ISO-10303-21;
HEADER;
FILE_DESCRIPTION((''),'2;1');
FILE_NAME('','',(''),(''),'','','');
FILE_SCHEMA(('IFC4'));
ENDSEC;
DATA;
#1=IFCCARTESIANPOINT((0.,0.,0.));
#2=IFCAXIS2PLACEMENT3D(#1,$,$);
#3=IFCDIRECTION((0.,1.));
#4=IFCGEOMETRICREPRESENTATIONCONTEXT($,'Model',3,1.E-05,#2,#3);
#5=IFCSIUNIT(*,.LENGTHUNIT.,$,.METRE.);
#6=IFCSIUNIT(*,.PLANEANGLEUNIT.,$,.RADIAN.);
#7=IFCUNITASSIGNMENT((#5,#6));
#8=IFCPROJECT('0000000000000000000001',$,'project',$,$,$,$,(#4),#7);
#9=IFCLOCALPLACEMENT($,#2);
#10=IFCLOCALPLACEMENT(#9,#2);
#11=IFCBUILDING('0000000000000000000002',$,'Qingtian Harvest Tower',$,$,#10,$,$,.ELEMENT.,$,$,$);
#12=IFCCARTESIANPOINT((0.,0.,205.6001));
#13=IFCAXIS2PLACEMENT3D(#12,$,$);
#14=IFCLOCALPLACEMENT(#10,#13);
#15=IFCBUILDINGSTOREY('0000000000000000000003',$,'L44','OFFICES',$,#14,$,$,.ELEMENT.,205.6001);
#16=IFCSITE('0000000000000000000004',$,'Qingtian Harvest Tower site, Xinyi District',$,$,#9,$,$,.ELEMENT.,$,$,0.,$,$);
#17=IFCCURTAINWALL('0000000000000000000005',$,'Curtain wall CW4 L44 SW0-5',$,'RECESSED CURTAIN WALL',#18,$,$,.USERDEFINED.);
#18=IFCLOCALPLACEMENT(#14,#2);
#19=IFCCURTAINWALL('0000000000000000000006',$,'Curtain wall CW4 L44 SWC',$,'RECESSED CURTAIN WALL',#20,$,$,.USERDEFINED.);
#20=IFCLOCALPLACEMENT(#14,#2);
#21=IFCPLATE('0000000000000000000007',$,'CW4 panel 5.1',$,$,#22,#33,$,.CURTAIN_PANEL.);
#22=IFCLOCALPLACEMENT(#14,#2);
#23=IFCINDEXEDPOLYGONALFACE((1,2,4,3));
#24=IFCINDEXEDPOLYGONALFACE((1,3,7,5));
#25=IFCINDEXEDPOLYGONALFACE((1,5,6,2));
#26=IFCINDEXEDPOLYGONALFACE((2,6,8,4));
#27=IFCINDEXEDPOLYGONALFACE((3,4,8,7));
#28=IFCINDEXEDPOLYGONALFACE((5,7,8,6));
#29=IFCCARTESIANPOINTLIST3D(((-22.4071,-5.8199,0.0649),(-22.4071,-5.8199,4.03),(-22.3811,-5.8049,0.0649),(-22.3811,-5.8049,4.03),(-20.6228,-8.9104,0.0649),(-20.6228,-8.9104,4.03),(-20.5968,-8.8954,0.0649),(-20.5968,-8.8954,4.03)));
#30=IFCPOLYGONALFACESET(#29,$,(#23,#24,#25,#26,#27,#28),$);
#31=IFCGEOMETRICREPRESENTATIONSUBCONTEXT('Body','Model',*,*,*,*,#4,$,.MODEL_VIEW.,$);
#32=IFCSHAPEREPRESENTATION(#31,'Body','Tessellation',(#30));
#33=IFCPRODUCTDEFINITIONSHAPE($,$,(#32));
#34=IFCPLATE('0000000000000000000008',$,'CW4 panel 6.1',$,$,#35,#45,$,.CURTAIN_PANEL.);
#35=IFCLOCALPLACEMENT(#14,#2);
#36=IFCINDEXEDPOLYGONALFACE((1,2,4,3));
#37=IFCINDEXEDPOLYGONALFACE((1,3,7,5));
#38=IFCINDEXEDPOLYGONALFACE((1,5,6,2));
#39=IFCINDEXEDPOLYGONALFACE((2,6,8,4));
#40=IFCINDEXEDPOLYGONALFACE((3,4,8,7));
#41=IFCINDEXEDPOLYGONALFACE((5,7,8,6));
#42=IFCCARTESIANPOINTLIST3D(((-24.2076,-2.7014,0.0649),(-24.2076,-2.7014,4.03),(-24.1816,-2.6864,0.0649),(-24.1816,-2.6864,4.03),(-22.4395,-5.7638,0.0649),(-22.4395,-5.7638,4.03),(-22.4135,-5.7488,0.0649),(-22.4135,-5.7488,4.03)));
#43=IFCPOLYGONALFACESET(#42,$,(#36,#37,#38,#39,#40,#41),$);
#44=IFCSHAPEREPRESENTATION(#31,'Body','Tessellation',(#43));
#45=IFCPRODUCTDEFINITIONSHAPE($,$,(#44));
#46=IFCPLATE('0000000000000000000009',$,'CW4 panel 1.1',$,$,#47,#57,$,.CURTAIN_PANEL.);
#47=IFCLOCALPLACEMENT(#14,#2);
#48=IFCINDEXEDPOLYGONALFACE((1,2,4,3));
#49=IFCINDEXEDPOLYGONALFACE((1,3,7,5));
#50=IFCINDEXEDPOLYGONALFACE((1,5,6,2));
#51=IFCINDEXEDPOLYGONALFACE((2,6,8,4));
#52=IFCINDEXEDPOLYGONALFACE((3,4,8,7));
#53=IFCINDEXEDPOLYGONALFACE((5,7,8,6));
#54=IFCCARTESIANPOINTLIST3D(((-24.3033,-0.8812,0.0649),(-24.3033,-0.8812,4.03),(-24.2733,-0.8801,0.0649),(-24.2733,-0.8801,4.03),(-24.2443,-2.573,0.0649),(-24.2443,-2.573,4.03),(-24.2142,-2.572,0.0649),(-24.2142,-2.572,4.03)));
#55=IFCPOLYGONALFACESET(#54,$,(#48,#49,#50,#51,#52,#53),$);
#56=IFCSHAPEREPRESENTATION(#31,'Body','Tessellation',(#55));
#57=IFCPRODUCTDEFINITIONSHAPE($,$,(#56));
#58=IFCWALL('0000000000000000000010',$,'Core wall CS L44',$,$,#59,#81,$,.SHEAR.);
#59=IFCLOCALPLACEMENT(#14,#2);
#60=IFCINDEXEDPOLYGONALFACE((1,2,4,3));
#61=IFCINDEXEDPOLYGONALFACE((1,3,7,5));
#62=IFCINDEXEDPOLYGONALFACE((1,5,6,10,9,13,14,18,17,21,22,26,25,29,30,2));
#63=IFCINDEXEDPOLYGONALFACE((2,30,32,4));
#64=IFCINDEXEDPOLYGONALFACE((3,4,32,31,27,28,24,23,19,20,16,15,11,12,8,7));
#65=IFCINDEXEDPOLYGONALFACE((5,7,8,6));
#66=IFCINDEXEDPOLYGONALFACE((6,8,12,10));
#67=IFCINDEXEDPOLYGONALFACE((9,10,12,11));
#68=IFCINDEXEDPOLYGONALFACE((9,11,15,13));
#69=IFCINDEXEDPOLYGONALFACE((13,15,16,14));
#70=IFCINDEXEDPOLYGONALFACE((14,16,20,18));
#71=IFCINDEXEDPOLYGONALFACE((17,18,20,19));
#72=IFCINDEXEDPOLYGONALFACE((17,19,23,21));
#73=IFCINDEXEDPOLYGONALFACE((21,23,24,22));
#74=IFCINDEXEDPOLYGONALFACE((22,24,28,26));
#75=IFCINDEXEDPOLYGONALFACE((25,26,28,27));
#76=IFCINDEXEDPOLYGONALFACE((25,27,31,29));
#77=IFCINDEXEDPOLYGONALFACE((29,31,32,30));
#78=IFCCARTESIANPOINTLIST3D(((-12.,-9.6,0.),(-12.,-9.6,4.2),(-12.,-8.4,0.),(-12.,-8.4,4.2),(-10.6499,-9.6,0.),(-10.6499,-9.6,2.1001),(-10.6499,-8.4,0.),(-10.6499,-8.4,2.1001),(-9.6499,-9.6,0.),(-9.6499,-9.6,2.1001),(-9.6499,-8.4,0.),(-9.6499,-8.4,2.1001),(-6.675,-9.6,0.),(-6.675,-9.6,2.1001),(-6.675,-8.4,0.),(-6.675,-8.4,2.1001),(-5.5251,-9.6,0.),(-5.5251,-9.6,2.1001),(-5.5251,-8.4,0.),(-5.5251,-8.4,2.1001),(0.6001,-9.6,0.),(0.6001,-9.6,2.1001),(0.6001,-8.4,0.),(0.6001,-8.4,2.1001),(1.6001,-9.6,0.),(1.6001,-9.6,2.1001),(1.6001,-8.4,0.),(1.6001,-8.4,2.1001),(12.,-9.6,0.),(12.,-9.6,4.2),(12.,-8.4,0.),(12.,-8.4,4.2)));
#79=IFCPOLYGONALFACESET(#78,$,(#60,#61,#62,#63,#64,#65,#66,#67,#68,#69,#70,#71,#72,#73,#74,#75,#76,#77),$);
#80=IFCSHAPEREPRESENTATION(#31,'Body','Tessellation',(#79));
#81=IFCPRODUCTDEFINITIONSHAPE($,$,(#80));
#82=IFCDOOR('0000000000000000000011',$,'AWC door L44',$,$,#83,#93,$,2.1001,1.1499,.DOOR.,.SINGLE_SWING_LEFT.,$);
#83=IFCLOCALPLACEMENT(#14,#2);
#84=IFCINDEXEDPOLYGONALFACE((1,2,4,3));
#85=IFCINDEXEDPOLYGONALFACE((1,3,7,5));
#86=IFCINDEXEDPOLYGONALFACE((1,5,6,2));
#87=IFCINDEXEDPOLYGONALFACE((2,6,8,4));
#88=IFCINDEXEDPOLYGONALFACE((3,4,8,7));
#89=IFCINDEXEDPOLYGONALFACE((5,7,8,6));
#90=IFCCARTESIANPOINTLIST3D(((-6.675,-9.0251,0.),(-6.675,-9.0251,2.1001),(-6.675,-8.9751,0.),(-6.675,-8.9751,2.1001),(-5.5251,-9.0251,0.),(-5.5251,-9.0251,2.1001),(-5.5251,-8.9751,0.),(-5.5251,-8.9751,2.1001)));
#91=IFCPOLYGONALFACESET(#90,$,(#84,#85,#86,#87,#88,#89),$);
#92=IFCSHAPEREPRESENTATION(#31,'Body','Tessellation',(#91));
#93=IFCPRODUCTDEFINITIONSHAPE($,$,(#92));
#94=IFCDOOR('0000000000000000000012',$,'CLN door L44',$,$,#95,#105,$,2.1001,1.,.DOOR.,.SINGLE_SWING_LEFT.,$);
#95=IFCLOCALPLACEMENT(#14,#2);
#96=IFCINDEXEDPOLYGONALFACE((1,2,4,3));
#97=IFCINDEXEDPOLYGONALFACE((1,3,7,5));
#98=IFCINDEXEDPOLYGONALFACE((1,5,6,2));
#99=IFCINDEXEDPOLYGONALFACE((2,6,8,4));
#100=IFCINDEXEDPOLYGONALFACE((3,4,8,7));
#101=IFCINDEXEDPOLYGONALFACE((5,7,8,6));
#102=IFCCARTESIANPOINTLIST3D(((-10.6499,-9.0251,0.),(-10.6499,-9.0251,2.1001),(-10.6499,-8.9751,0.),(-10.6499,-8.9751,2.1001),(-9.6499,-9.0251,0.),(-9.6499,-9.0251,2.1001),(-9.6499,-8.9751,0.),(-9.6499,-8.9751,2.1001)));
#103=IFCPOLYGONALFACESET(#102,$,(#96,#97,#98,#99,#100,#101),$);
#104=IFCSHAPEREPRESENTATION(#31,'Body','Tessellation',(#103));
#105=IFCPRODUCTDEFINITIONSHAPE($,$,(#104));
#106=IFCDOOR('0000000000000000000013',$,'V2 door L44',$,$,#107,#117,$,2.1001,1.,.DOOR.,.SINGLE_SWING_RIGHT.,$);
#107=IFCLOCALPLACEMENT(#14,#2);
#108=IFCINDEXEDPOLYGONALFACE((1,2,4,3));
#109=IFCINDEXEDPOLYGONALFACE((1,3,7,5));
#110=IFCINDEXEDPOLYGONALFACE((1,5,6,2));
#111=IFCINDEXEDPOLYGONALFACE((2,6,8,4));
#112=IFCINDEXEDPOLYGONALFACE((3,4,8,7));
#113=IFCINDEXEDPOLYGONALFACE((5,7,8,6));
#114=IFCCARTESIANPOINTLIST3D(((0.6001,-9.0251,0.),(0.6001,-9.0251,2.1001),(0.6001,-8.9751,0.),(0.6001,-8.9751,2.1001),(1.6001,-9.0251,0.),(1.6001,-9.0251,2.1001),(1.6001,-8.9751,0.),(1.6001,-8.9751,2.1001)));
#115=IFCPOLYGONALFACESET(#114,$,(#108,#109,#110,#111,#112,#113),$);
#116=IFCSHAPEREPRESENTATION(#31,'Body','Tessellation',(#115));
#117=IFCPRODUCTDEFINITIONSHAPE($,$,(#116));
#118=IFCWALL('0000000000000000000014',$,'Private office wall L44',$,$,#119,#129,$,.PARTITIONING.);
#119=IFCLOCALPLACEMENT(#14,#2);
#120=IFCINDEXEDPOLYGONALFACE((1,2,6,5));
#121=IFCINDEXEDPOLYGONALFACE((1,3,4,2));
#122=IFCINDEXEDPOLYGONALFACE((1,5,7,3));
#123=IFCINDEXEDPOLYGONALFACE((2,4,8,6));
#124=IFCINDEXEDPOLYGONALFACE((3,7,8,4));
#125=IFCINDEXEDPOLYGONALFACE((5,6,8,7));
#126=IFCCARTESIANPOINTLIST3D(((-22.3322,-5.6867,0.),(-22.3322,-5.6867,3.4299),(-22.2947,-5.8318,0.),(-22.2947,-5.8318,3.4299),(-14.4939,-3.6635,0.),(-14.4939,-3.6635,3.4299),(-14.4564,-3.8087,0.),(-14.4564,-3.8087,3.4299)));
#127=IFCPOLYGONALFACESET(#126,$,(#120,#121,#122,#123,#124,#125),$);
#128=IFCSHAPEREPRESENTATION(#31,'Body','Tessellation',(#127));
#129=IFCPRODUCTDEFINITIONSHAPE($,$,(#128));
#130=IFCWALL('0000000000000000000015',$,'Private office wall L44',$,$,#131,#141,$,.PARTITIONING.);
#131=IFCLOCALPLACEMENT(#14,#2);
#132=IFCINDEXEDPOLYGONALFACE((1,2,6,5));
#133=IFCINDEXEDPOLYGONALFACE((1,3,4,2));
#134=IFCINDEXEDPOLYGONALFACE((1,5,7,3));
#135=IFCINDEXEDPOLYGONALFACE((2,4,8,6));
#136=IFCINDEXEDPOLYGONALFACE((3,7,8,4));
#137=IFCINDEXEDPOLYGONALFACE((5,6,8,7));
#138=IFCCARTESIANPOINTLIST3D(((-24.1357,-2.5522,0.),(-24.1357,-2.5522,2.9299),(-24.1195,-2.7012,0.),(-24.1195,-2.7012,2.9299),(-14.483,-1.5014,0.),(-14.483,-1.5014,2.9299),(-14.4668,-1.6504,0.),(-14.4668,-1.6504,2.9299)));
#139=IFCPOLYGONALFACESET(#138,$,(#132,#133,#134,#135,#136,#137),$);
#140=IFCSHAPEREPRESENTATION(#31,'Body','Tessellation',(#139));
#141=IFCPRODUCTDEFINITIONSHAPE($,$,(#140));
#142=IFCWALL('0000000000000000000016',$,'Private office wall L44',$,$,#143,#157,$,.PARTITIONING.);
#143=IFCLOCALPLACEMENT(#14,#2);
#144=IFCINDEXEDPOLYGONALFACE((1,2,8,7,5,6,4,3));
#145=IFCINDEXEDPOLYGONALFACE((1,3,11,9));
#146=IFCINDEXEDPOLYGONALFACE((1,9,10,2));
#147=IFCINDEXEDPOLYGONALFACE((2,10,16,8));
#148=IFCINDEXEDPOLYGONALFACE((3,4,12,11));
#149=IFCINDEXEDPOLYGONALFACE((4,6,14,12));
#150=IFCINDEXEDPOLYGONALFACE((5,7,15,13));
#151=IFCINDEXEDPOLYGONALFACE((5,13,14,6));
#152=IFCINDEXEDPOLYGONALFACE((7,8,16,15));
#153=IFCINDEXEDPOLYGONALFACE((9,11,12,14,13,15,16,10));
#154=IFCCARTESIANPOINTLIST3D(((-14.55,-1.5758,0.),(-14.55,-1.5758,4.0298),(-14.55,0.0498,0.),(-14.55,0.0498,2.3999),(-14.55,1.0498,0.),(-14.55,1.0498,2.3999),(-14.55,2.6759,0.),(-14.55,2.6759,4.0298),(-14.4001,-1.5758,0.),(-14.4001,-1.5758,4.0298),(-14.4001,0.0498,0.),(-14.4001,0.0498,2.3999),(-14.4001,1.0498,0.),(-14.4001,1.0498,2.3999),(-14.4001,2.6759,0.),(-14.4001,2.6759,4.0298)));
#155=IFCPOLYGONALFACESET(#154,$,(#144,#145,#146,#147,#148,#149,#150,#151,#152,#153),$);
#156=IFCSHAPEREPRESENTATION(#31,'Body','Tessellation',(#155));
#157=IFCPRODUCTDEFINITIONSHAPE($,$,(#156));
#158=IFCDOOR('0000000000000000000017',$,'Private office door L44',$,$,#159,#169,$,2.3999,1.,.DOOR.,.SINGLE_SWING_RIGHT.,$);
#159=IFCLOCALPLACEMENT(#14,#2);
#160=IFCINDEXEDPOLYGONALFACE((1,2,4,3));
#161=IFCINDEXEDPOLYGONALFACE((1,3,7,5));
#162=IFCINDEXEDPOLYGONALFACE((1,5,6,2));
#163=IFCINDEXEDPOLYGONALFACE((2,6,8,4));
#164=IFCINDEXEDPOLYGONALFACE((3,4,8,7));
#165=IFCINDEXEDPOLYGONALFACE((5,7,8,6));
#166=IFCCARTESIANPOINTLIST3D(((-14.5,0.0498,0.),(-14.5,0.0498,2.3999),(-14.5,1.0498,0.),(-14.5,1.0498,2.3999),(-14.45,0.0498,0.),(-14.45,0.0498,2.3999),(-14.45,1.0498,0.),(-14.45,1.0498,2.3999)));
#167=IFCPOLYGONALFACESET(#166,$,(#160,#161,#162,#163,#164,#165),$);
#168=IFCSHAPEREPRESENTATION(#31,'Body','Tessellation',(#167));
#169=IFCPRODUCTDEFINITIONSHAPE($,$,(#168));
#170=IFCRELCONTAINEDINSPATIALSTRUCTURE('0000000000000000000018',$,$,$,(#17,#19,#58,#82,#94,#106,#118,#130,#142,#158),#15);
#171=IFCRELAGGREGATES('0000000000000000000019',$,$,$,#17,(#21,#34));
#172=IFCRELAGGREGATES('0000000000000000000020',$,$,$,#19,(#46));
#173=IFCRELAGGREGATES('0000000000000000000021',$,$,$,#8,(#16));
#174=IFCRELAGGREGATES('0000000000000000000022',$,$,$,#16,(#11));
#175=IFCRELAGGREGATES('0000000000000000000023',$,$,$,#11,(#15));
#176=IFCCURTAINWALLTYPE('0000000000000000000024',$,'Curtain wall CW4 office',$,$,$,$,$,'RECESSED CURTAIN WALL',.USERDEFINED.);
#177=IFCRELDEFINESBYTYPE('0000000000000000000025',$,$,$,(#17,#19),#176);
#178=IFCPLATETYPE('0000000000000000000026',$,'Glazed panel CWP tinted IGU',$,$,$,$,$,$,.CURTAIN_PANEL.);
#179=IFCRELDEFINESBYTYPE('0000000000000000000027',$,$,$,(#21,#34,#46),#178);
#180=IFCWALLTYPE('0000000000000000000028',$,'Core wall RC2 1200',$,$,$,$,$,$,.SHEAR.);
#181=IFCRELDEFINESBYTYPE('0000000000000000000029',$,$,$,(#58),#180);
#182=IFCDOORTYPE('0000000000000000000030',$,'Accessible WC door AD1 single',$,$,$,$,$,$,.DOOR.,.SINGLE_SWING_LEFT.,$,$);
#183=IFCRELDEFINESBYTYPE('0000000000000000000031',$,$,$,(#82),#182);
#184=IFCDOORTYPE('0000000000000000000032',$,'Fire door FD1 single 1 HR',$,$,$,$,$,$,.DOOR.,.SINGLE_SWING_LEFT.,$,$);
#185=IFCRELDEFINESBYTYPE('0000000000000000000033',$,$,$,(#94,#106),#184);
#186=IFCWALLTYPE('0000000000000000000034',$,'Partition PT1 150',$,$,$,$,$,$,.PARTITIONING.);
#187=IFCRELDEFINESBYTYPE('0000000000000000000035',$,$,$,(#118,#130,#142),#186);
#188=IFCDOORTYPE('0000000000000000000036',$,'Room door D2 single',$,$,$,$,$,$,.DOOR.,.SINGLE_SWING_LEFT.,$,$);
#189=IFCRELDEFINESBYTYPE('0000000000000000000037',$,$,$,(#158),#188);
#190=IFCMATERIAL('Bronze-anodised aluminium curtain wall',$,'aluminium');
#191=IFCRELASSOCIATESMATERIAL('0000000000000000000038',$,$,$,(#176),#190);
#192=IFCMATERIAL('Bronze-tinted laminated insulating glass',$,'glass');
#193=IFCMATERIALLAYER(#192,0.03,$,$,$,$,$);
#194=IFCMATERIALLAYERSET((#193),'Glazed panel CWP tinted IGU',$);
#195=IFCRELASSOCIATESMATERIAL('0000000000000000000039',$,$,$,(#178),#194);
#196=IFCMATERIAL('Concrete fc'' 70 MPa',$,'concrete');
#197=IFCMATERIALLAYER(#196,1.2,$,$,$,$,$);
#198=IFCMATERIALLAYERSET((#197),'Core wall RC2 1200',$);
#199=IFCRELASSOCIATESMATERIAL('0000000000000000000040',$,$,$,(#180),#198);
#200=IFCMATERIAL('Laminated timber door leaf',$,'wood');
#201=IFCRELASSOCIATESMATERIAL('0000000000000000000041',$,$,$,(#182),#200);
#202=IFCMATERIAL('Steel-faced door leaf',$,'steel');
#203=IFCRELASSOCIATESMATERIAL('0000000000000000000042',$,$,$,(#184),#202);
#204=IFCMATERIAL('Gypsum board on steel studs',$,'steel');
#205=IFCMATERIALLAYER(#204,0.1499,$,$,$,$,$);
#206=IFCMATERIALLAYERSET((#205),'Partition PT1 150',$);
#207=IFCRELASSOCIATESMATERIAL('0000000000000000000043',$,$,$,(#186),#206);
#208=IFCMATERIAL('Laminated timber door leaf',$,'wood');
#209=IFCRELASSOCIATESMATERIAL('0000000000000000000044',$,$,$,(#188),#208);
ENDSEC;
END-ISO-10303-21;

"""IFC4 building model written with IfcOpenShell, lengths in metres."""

from ifc_helpers import new_model, si_unit, direction, frame, frame_2d, origin, origin_2d, place, context, subcontext, project, spatial, rectangle, extrude, material, layer, layer_set, type_object, element, fill, aggregate, save


model = new_model("IFC4")

# Units and contexts
model_context = context("Model", 3, precision=1e-05, world=origin(), true_north=direction((0.0, 1.0)))
body_context = subcontext(model_context, "Body", "Model", "MODEL_VIEW")
ifc_project = project(units=[si_unit("LENGTHUNIT", "METRE"), si_unit("PLANEANGLEUNIT", "RADIAN")], contexts=[model_context])

# Site, building, storey
site_placement = place(None, origin())
site = spatial("IfcSite", under=ifc_project, at=site_placement, Name="Qingtian Harvest Tower site, Xinyi District", CompositionType="ELEMENT", RefElevation=0.0)
building_placement = place(site_placement, origin())
building = spatial("IfcBuilding", under=site, at=building_placement, Name="Qingtian Harvest Tower", CompositionType="ELEMENT")
storey_placement = place(building_placement, frame((0.0, 0.0, 205.6001)))
storey = spatial("IfcBuildingStorey", under=building, at=storey_placement, Name="L44", Description="OFFICES", CompositionType="ELEMENT", Elevation=205.6001)

# Curtain walls
ifc_material_1 = material(Name="Bronze-anodised aluminium curtain wall", Category="aluminium")
curtain_wall_type = type_object("IfcCurtainWallType", Name="Curtain wall CW4 office", ElementType="RECESSED CURTAIN WALL", PredefinedType="USERDEFINED", material=ifc_material_1)
curtain_wall_1_placement = place(storey_placement, origin())
curtain_wall_1 = element("IfcCurtainWall", 1, at=curtain_wall_1_placement, inside=storey, type_object=curtain_wall_type, Name="Curtain wall CW4 L44 SW0-5", ObjectType="RECESSED CURTAIN WALL", PredefinedType="USERDEFINED")
curtain_wall_2_placement = place(storey_placement, origin())
curtain_wall_2 = element("IfcCurtainWall", 2, at=curtain_wall_2_placement, inside=storey, type_object=curtain_wall_type, Name="Curtain wall CW4 L44 SWC", ObjectType="RECESSED CURTAIN WALL", PredefinedType="USERDEFINED")

# Plates
ifc_material_2 = material(Name="Bronze-tinted laminated insulating glass", Category="glass")
ifc_layer_1 = layer(ifc_material_2, 0.03)
ifc_layer_set_1 = layer_set([ifc_layer_1], Name="Glazed panel CWP tinted IGU")
plate_type = type_object("IfcPlateType", Name="Glazed panel CWP tinted IGU", PredefinedType="CURTAIN_PANEL", material=ifc_layer_set_1)
plate_1_placement = place(storey_placement, frame((-21.502, -7.3577, 0.0649), z_axis=(0.0, 0.0, 1.0), x_axis=(-0.5, 0.866025, 0.0)))
plate_1 = element("IfcPlate", 3, at=plate_1_placement, type_object=plate_type, Name="CW4 panel 5.1", PredefinedType="CURTAIN_PANEL", context=body_context, shape_type="SweptSolid", body=[
    extrude(rectangle(XDim=3.5686, YDim=0.03, at=origin_2d()), origin(), (0.0, 0.0, 1.0), 3.9651),
])
plate_2_placement = place(storey_placement, frame((-23.3105, -4.2251, 0.0649), z_axis=(0.0, 0.0, 1.0), x_axis=(-0.5, 0.866025, 0.0)))
plate_2 = element("IfcPlate", 4, at=plate_2_placement, type_object=plate_type, Name="CW4 panel 6.1", PredefinedType="CURTAIN_PANEL", context=body_context, shape_type="SweptSolid", body=[
    extrude(rectangle(XDim=3.5361, YDim=0.03, at=origin_2d()), origin(), (0.0, 0.0, 1.0), 3.9651),
])
aggregate(curtain_wall_1, [plate_1, plate_2])
plate_3_placement = place(storey_placement, frame((-24.2588, -1.7266, 0.0649), z_axis=(0.0, 0.0, 1.0), x_axis=(-0.034899, 0.999391, 0.0)))
plate_3 = element("IfcPlate", 5, at=plate_3_placement, type_object=plate_type, Name="CW4 panel 1.1", PredefinedType="CURTAIN_PANEL", context=body_context, shape_type="SweptSolid", body=[
    extrude(rectangle(XDim=1.6929, YDim=0.03, at=origin_2d()), origin(), (0.0, 0.0, 1.0), 3.9651),
])
aggregate(curtain_wall_2, [plate_3])

# Wall, openings, doors
ifc_material_3 = material(Name="Concrete fc' 70 MPa", Category="concrete")
ifc_layer_2 = layer(ifc_material_3, 1.2)
ifc_layer_set_2 = layer_set([ifc_layer_2], Name="Core wall RC2 1200")
wall_type_1 = type_object("IfcWallType", Name="Core wall RC2 1200", PredefinedType="SHEAR", material=ifc_layer_set_2)
wall_1_placement = place(storey_placement, frame((-12.0, -9.0, 0.0), z_axis=(0.0, 0.0, 1.0), x_axis=(1.0, 0.0, 0.0)))
wall_1 = element("IfcWall", 6, at=wall_1_placement, inside=storey, type_object=wall_type_1, Name="Core wall CS L44", PredefinedType="SHEAR", context=body_context, shape_type="SweptSolid", body=[
    extrude(rectangle(XDim=24.0, YDim=1.2, at=frame_2d((12.0, 0.0))), origin(), (0.0, 0.0, 1.0), 4.2),
])
opening_1_placement = place(wall_1_placement, frame((1.3501, 0.0, 0.0)))
opening_1 = element("IfcOpeningElement", 7, at=opening_1_placement, cuts=wall_1, PredefinedType="OPENING", context=body_context, shape_type="SweptSolid", body=[
    extrude(rectangle(XDim=1.0, YDim=2.1001, at=frame_2d((0.5, 1.05))), frame((0.0, 0.6099, 0.0), z_axis=(0.0, -1.0, 0.0), x_axis=(1.0, 0.0, 0.0)), (0.0, 0.0, 1.0), 1.22),
])
opening_2_placement = place(wall_1_placement, frame((5.325, 0.0, 0.0)))
opening_2 = element("IfcOpeningElement", 8, at=opening_2_placement, cuts=wall_1, PredefinedType="OPENING", context=body_context, shape_type="SweptSolid", body=[
    extrude(rectangle(XDim=1.1499, YDim=2.1001, at=frame_2d((0.575, 1.05))), frame((0.0, 0.6099, 0.0), z_axis=(0.0, -1.0, 0.0), x_axis=(1.0, 0.0, 0.0)), (0.0, 0.0, 1.0), 1.22),
])
opening_3_placement = place(wall_1_placement, frame((12.6001, 0.0, 0.0)))
opening_3 = element("IfcOpeningElement", 9, at=opening_3_placement, cuts=wall_1, PredefinedType="OPENING", context=body_context, shape_type="SweptSolid", body=[
    extrude(rectangle(XDim=1.0, YDim=2.1001, at=frame_2d((0.5, 1.05))), frame((0.0, 0.6099, 0.0), z_axis=(0.0, -1.0, 0.0), x_axis=(1.0, 0.0, 0.0)), (0.0, 0.0, 1.0), 1.22),
])
ifc_material_4 = material(Name="Laminated timber door leaf", Category="wood")
door_type_1 = type_object("IfcDoorType", Name="Accessible WC door AD1 single", OperationType="SINGLE_SWING_LEFT", PredefinedType="DOOR", material=ifc_material_4)
door_1_placement = place(opening_2_placement, origin())
door_1 = element("IfcDoor", 10, at=door_1_placement, inside=storey, type_object=door_type_1, Name="AWC door L44", OperationType="SINGLE_SWING_LEFT", OverallHeight=2.1001, OverallWidth=1.1499, PredefinedType="DOOR", context=body_context, shape_type="SweptSolid", body=[
    extrude(rectangle(XDim=1.1499, YDim=2.1001, at=frame_2d((0.575, 1.05))), frame((0.0, 0.0249, 0.0), z_axis=(0.0, -1.0, 0.0), x_axis=(1.0, 0.0, 0.0)), (0.0, 0.0, 1.0), 0.05),
])
fill(opening_2, door_1)
ifc_material_5 = material(Name="Steel-faced door leaf", Category="steel")
door_type_2 = type_object("IfcDoorType", Name="Fire door FD1 single 1 HR", OperationType="SINGLE_SWING_LEFT", PredefinedType="DOOR", material=ifc_material_5)
door_2_placement = place(opening_1_placement, origin())
door_2 = element("IfcDoor", 11, at=door_2_placement, inside=storey, type_object=door_type_2, Name="CLN door L44", OperationType="SINGLE_SWING_LEFT", OverallHeight=2.1001, OverallWidth=1.0, PredefinedType="DOOR", context=body_context, shape_type="SweptSolid", body=[
    extrude(rectangle(XDim=1.0, YDim=2.1001, at=frame_2d((0.5, 1.05))), frame((0.0, 0.0249, 0.0), z_axis=(0.0, -1.0, 0.0), x_axis=(1.0, 0.0, 0.0)), (0.0, 0.0, 1.0), 0.05),
])
fill(opening_1, door_2)
door_3_placement = place(opening_3_placement, origin())
door_3 = element("IfcDoor", 12, at=door_3_placement, inside=storey, type_object=door_type_2, Name="V2 door L44", OperationType="SINGLE_SWING_RIGHT", OverallHeight=2.1001, OverallWidth=1.0, PredefinedType="DOOR", context=body_context, shape_type="SweptSolid", body=[
    extrude(rectangle(XDim=1.0, YDim=2.1001, at=frame_2d((0.5, 1.05))), frame((0.0, 0.0249, 0.0), z_axis=(0.0, -1.0, 0.0), x_axis=(1.0, 0.0, 0.0)), (0.0, 0.0, 1.0), 0.05),
])
fill(opening_3, door_3)

# Wall
ifc_material_6 = material(Name="Gypsum board on steel studs", Category="steel")
ifc_layer_3 = layer(ifc_material_6, 0.1499)
ifc_layer_set_3 = layer_set([ifc_layer_3], Name="Partition PT1 150")
wall_type_2 = type_object("IfcWallType", Name="Partition PT1 150", PredefinedType="PARTITIONING", material=ifc_layer_set_3)
wall_2_placement = place(storey_placement, frame((-22.3135, -5.7593, 0.0), z_axis=(0.0, 0.0, 1.0), x_axis=(0.968266, 0.249923, 0.0)))
element("IfcWall", 13, at=wall_2_placement, inside=storey, type_object=wall_type_2, Name="Private office wall L44", PredefinedType="PARTITIONING", context=body_context, shape_type="SweptSolid", body=[
    extrude(rectangle(XDim=8.0952, YDim=0.1499, at=frame_2d((4.0476, 0.0))), origin(), (0.0, 0.0, 1.0), 3.4299),
])

# Shared definitions
ifc_material_7 = material(Name="Laminated timber door leaf", Category="wood")
door_type_3 = type_object("IfcDoorType", Name="Room door D2 single", OperationType="SINGLE_SWING_LEFT", PredefinedType="DOOR", material=ifc_material_7)

# Wall
wall_3_placement = place(storey_placement, frame((-24.1277, -2.6267, 0.0), z_axis=(0.0, 0.0, 1.0), x_axis=(0.994127, 0.108221, 0.0)))
element("IfcWall", 14, at=wall_3_placement, inside=storey, type_object=wall_type_2, Name="Private office wall L44", PredefinedType="PARTITIONING", context=body_context, shape_type="SweptSolid", body=[
    extrude(rectangle(XDim=9.7097, YDim=0.1499, at=frame_2d((4.855, 0.0))), origin(), (0.0, 0.0, 1.0), 2.9299),
])

# Wall, opening, door
wall_4_placement = place(storey_placement, frame((-14.4751, -1.5759, 0.0), z_axis=(0.0, 0.0, 1.0), x_axis=(0.0, 1.0, 0.0)))
wall_4 = element("IfcWall", 15, at=wall_4_placement, inside=storey, type_object=wall_type_2, Name="Private office wall L44", PredefinedType="PARTITIONING", context=body_context, shape_type="SweptSolid", body=[
    extrude(rectangle(XDim=4.2517, YDim=0.1499, at=frame_2d((2.126, 0.0))), origin(), (0.0, 0.0, 1.0), 4.0298),
])
opening_4_placement = place(wall_4_placement, frame((1.6257, 0.0, 0.0)))
opening_4 = element("IfcOpeningElement", 16, at=opening_4_placement, cuts=wall_4, PredefinedType="OPENING", context=body_context, shape_type="SweptSolid", body=[
    extrude(rectangle(XDim=1.0, YDim=2.3999, at=frame_2d((0.5, 1.2))), frame((0.0, 0.085, 0.0), z_axis=(0.0, -1.0, 0.0), x_axis=(1.0, 0.0, 0.0)), (0.0, 0.0, 1.0), 0.1699),
])
door_4_placement = place(opening_4_placement, origin())
door_4 = element("IfcDoor", 17, at=door_4_placement, inside=storey, type_object=door_type_3, Name="Private office door L44", OperationType="SINGLE_SWING_RIGHT", OverallHeight=2.3999, OverallWidth=1.0, PredefinedType="DOOR", context=body_context, shape_type="SweptSolid", body=[
    extrude(rectangle(XDim=1.0, YDim=2.3999, at=frame_2d((0.5, 1.2))), frame((0.0, 0.0249, 0.0), z_axis=(0.0, -1.0, 0.0), x_axis=(1.0, 0.0, 0.0)), (0.0, 0.0, 1.0), 0.05),
])
fill(opening_4, door_4)

save(model, "model.ifc")
